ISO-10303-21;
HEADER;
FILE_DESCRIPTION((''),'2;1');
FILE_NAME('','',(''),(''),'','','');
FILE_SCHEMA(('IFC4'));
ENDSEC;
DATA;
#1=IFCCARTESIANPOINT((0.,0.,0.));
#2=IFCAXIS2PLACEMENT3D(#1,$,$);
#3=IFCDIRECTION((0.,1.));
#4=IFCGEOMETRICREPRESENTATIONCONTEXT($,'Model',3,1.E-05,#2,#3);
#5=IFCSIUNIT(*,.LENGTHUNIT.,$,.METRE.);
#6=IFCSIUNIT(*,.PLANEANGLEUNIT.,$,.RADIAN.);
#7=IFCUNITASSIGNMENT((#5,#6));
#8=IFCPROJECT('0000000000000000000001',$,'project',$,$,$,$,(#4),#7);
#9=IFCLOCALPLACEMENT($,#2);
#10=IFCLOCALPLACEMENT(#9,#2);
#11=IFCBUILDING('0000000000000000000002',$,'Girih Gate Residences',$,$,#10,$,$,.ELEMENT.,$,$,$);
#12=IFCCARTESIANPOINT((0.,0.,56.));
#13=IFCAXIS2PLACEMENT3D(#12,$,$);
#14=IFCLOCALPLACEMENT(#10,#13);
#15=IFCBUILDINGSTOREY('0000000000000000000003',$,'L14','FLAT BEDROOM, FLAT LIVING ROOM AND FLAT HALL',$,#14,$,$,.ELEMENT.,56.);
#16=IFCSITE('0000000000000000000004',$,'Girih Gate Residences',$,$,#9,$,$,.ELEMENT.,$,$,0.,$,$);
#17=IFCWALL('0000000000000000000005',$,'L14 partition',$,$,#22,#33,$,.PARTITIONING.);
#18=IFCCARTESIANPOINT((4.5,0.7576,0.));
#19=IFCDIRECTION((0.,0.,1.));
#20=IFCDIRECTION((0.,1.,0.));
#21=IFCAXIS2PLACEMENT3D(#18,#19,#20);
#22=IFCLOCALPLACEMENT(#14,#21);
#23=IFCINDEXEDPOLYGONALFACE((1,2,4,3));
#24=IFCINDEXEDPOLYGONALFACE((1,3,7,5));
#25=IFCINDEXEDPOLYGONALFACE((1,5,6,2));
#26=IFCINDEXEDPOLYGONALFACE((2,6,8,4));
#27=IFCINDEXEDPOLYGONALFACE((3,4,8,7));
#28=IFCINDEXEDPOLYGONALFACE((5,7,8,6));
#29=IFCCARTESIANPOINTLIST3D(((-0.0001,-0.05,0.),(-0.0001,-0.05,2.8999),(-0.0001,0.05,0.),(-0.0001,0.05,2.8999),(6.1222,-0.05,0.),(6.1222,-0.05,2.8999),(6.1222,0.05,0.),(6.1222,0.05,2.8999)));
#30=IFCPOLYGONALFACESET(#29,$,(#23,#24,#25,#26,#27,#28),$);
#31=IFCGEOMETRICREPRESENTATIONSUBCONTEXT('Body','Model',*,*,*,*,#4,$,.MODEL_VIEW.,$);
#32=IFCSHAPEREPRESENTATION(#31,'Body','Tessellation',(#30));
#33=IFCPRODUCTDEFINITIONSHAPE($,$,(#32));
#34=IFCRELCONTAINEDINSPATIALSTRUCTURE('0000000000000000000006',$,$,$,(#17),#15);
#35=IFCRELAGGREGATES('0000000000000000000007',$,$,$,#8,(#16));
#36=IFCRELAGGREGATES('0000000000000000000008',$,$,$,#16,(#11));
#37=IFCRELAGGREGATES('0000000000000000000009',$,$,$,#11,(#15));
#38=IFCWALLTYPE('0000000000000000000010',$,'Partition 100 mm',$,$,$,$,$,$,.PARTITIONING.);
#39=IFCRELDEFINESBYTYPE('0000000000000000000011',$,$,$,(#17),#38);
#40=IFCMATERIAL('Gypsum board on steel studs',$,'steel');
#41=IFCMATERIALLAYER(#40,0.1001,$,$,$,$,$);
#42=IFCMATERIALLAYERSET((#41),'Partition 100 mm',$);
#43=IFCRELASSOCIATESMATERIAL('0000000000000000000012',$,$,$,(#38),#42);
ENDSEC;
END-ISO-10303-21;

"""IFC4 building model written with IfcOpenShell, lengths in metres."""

from ifc_helpers import new_model, si_unit, direction, frame, frame_2d, origin, place, context, subcontext, project, spatial, rectangle, extrude, material, layer, layer_set, type_object, element, save


model = new_model("IFC4")

# Units and contexts
model_context = context("Model", 3, precision=1e-05, world=origin(), true_north=direction((0.0, 1.0)))
body_context = subcontext(model_context, "Body", "Model", "MODEL_VIEW")
ifc_project = project(units=[si_unit("LENGTHUNIT", "METRE"), si_unit("PLANEANGLEUNIT", "RADIAN")], contexts=[model_context])

# Site, building, storey
site_placement = place(None, origin())
site = spatial("IfcSite", under=ifc_project, at=site_placement, Name="Girih Gate Residences", CompositionType="ELEMENT", RefElevation=0.0)
building_placement = place(site_placement, origin())
building = spatial("IfcBuilding", under=site, at=building_placement, Name="Girih Gate Residences", CompositionType="ELEMENT")
storey_placement = place(building_placement, frame((0.0, 0.0, 56.0)))
storey = spatial("IfcBuildingStorey", under=building, at=storey_placement, Name="L14", Description="FLAT BEDROOM, FLAT LIVING ROOM AND FLAT HALL", CompositionType="ELEMENT", Elevation=56.0)

# Wall
ifc_material_1 = material(Name="Gypsum board on steel studs", Category="steel")
ifc_layer_1 = layer(ifc_material_1, 0.1001)
ifc_layer_set_1 = layer_set([ifc_layer_1], Name="Partition 100 mm")
wall_type_1 = type_object("IfcWallType", Name="Partition 100 mm", PredefinedType="PARTITIONING", material=ifc_layer_set_1)
wall_1_placement = place(storey_placement, frame((4.5, 0.7576, 0.0), z_axis=(0.0, 0.0, 1.0), x_axis=(0.0, 1.0, 0.0)))
element("IfcWall", 1, at=wall_1_placement, inside=storey, type_object=wall_type_1, Name="L14 partition", PredefinedType="PARTITIONING", context=body_context, shape_type="SweptSolid", body=[
    extrude(rectangle(XDim=6.1223, YDim=0.1001, at=frame_2d((3.061, 0.0))), origin(), (0.0, 0.0, 1.0), 2.8999),
])

save(model, "model.ifc")
